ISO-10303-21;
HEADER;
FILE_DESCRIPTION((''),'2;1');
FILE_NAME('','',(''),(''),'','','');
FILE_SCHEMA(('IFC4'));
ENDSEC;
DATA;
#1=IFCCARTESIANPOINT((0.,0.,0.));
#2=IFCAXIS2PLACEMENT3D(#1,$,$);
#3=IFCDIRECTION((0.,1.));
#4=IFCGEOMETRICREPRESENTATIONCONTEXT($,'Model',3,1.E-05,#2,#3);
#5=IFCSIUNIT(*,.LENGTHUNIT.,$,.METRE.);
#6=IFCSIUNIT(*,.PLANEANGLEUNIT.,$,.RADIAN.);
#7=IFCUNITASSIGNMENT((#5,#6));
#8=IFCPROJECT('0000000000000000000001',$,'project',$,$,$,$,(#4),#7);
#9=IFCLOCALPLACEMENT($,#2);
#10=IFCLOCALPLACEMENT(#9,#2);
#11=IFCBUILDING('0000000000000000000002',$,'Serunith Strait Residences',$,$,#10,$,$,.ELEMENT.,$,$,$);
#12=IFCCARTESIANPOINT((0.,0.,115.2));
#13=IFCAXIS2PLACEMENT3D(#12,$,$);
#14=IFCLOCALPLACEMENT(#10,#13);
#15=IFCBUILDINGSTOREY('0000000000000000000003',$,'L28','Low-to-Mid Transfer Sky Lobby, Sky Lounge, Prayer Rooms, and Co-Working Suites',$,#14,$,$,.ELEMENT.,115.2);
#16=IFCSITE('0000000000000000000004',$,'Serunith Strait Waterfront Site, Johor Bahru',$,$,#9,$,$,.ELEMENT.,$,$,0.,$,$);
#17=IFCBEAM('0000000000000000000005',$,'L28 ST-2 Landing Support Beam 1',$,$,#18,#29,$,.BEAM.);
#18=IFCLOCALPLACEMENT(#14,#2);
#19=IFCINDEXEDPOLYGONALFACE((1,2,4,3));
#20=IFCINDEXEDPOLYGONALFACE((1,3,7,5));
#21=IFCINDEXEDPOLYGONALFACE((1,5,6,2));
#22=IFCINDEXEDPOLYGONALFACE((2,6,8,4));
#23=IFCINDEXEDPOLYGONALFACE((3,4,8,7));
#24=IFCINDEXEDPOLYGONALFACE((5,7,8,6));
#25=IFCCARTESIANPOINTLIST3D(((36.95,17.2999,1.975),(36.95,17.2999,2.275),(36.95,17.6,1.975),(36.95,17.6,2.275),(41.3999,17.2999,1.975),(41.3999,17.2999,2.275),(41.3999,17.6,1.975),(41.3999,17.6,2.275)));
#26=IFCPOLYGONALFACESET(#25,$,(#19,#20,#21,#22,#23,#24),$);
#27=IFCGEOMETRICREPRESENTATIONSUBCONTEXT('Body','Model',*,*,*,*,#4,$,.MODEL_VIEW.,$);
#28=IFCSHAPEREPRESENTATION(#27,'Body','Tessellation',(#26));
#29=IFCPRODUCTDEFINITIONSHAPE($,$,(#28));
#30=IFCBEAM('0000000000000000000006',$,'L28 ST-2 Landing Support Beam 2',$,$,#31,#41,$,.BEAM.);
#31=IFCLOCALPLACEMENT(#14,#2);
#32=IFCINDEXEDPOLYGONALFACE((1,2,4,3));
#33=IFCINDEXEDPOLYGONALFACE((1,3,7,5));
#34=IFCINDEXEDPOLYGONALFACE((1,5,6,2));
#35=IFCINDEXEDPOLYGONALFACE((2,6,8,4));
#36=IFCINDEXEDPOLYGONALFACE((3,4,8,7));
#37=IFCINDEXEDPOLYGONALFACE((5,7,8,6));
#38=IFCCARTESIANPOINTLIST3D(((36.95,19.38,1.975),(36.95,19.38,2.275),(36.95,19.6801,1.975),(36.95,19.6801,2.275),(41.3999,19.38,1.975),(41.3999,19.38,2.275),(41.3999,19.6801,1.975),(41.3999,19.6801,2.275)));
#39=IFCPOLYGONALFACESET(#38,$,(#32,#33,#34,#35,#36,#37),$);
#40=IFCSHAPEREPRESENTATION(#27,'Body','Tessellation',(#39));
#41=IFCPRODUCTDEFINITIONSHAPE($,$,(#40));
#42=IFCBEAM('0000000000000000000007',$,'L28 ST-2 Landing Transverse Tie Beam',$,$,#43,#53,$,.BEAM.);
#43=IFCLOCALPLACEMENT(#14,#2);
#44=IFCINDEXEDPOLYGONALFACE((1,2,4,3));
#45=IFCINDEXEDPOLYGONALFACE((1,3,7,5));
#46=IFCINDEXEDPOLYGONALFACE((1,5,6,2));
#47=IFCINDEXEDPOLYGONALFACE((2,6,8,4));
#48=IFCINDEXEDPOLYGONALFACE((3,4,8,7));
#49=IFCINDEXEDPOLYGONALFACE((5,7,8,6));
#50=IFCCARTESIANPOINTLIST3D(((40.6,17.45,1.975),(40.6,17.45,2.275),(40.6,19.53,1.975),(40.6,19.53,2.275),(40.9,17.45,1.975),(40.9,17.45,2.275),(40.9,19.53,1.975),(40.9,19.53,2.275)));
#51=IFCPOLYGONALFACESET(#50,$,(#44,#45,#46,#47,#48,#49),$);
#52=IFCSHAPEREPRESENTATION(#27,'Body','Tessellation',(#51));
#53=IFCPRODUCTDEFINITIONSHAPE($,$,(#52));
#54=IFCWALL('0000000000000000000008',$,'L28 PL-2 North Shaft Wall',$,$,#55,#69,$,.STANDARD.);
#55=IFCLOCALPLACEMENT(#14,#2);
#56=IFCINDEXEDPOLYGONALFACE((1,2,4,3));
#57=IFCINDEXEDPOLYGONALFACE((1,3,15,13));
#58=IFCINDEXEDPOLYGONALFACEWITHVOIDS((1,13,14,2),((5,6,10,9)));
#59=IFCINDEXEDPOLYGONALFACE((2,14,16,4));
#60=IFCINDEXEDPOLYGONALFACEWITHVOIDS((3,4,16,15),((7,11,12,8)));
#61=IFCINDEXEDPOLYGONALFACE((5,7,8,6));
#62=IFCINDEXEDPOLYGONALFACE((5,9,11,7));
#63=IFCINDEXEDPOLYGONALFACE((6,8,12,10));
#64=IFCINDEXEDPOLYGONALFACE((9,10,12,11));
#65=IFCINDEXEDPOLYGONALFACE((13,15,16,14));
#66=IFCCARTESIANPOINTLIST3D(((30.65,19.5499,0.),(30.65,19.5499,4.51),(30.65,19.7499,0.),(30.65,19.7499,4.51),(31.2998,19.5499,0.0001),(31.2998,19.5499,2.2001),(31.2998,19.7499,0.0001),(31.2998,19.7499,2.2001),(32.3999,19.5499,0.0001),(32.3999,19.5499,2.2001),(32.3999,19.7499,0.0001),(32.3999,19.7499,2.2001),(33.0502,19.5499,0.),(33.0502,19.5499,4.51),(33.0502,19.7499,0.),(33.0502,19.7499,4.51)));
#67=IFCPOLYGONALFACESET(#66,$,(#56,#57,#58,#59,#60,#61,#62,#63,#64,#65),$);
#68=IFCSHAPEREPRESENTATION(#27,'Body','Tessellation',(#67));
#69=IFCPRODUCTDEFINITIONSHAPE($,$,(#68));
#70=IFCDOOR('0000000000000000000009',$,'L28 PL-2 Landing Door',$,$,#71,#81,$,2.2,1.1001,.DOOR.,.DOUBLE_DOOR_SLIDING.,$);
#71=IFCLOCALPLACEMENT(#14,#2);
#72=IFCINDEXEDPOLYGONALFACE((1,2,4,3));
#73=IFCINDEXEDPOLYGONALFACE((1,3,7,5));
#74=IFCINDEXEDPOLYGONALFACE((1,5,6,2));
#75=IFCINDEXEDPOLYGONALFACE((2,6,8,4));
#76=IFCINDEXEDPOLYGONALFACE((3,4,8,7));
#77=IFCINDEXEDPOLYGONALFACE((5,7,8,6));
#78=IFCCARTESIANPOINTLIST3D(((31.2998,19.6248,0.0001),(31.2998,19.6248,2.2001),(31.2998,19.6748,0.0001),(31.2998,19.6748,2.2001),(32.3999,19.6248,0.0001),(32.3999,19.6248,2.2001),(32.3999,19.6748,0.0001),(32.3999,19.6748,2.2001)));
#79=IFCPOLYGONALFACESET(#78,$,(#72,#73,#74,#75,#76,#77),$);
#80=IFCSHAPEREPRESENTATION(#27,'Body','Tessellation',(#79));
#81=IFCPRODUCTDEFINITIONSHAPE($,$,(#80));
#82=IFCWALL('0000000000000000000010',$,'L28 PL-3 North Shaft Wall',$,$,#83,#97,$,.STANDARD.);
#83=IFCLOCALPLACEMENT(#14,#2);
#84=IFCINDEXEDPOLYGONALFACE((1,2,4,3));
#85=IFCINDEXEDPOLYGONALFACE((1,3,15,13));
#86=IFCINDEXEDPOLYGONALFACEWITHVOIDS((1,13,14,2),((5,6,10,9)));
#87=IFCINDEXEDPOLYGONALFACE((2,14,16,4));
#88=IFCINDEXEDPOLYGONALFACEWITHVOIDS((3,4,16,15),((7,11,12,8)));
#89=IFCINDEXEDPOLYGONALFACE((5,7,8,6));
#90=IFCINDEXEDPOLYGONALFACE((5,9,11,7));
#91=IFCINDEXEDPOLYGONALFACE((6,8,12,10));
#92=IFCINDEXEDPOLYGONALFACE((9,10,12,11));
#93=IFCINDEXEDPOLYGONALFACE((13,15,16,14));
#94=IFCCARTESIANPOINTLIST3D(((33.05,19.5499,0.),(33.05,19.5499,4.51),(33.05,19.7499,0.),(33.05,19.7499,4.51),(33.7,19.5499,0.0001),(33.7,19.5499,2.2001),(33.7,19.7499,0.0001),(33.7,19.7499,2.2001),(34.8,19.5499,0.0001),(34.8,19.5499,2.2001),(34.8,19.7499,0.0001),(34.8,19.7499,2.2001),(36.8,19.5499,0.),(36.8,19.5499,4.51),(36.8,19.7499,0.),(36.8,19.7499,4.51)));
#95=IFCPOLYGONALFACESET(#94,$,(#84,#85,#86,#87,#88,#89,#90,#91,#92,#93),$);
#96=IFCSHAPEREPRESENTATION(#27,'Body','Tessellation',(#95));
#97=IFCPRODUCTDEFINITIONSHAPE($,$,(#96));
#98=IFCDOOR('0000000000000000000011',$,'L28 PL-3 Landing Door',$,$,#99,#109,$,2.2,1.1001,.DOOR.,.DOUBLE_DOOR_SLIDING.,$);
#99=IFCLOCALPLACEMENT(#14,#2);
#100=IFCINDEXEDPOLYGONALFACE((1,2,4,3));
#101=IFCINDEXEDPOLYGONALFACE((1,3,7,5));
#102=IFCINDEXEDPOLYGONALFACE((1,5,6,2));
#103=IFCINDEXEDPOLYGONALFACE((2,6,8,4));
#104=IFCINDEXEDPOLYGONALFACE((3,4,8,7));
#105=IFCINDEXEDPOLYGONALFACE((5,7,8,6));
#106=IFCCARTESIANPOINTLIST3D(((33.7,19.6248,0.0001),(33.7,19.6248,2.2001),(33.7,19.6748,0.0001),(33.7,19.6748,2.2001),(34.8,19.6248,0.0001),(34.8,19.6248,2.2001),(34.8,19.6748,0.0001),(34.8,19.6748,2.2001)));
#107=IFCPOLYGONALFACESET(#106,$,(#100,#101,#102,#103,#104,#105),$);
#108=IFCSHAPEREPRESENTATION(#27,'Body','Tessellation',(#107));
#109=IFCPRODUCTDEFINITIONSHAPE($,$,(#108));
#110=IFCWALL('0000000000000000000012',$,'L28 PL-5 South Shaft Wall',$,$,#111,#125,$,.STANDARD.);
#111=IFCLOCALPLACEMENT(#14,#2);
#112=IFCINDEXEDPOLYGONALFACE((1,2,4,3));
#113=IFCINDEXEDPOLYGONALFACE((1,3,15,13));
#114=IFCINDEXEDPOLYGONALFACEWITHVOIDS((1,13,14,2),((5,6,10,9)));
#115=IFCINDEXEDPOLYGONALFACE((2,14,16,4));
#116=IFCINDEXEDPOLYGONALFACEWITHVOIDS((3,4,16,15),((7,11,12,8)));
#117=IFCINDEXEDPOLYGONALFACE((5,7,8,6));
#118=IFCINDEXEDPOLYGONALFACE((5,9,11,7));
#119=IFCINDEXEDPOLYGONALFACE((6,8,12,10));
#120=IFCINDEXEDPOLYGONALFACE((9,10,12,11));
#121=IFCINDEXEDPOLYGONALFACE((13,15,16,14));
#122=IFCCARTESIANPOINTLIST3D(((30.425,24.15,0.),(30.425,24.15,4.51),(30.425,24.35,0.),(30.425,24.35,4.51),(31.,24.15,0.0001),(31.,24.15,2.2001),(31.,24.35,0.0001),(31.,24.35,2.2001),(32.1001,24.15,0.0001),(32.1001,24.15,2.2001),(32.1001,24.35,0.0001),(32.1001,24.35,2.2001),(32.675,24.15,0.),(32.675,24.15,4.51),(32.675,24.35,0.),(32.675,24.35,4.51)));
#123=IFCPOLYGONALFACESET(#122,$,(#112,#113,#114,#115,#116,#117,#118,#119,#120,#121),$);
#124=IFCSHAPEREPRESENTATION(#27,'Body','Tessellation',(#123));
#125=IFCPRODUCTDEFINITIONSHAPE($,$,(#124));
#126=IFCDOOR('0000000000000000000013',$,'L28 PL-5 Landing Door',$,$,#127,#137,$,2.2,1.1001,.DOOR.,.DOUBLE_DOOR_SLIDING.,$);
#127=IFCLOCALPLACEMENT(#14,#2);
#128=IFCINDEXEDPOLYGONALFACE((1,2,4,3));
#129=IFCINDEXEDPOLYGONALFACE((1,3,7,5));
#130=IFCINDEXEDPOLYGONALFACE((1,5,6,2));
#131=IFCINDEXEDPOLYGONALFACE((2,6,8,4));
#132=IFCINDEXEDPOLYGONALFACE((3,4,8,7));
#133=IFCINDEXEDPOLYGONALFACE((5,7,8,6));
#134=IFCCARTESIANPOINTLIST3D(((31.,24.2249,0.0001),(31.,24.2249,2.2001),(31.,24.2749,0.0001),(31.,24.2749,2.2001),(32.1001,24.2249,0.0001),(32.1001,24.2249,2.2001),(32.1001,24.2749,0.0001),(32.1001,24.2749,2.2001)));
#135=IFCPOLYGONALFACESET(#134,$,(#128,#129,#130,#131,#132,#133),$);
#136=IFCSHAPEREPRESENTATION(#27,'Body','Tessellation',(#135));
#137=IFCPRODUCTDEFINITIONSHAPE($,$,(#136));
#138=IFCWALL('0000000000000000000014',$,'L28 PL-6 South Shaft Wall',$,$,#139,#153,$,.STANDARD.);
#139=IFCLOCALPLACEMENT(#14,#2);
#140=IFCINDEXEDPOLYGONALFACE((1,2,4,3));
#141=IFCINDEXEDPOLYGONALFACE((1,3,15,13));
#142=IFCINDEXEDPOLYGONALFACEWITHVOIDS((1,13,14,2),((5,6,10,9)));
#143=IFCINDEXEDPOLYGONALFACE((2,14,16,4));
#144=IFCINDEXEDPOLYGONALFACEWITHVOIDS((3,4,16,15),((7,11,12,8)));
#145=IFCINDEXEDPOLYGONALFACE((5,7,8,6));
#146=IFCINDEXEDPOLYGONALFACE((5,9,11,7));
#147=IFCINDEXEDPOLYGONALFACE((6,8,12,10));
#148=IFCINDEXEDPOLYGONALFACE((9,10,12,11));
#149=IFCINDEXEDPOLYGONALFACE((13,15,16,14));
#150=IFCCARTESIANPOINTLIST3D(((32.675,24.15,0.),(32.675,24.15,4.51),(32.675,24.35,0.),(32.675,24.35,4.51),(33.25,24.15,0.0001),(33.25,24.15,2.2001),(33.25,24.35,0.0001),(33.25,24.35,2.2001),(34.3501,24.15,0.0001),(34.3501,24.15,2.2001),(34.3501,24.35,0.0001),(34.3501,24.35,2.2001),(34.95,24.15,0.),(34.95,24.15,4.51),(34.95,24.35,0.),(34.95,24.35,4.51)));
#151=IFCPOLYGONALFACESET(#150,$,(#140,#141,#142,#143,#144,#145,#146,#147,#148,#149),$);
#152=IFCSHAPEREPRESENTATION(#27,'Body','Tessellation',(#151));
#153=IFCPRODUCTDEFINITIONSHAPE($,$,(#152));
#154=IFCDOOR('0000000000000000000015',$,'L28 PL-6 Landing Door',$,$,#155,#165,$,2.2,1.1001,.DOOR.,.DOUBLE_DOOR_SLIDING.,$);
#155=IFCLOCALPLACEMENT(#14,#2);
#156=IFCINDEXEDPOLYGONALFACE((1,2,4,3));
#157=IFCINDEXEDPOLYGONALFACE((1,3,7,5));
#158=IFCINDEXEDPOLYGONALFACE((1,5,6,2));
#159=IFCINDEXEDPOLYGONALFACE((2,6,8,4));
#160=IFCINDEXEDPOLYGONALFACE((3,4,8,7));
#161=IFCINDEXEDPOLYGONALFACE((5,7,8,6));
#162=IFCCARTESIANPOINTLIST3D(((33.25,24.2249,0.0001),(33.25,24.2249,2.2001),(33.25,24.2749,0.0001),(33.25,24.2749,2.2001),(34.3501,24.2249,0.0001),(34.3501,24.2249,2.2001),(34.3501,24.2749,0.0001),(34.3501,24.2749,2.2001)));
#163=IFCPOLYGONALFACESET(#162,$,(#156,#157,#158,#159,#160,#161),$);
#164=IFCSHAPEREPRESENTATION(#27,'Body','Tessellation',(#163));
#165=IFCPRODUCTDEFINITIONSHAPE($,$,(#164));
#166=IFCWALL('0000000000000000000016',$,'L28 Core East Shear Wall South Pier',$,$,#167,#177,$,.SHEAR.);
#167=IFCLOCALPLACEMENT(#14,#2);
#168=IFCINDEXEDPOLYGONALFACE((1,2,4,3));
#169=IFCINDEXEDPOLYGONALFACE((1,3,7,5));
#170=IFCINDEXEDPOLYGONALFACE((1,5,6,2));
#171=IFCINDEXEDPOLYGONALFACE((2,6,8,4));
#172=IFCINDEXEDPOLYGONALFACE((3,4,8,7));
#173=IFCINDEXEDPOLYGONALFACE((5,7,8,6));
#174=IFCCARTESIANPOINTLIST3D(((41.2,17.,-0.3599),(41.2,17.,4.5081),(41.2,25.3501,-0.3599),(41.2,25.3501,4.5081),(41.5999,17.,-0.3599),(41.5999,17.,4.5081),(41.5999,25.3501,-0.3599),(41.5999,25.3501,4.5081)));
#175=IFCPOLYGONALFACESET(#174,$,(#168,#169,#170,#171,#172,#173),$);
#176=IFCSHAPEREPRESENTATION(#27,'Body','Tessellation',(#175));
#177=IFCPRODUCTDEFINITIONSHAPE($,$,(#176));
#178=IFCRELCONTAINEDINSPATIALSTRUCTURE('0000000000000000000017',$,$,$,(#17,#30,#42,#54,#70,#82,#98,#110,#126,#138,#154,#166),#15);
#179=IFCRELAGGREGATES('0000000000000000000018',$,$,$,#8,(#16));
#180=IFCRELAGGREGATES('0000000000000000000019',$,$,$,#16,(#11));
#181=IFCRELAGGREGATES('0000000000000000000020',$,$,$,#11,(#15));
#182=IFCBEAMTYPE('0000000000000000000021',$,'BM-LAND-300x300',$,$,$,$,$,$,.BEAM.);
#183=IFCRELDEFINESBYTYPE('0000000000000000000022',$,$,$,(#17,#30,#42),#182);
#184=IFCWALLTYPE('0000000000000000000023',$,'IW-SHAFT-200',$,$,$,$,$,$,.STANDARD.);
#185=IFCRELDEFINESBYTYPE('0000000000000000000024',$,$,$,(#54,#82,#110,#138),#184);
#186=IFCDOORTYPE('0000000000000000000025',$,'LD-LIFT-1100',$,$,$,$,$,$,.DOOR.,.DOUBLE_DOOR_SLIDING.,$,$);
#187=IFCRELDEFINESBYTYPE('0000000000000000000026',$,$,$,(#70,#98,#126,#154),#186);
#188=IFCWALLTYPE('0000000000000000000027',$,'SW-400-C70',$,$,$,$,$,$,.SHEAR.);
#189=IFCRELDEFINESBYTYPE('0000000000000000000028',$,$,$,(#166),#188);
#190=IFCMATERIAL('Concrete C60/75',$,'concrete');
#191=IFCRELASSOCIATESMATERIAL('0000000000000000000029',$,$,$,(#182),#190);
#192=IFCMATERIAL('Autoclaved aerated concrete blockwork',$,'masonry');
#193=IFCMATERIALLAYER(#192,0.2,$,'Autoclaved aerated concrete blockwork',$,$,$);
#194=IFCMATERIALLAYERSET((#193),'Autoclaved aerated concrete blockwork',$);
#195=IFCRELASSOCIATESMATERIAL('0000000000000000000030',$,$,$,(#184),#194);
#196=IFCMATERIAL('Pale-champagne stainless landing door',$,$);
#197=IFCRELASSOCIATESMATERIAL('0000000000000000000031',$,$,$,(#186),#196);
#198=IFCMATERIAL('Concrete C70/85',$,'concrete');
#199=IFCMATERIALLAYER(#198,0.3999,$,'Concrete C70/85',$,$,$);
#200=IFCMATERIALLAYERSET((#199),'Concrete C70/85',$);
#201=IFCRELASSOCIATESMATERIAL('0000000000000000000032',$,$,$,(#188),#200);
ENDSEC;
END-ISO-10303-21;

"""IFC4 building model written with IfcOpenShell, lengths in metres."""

from ifc_helpers import new_model, si_unit, direction, frame, frame_2d, origin, origin_2d, place, context, subcontext, project, spatial, rectangle, extrude, source, transform, mapped, material, layer, layer_set, material_profile, profile_set, type_object, element, fill, save


model = new_model("IFC4")

# Units and contexts
model_context = context("Model", 3, precision=1e-05, world=origin(), true_north=direction((0.0, 1.0)))
body_context = subcontext(model_context, "Body", "Model", "MODEL_VIEW")
ifc_project = project(units=[si_unit("LENGTHUNIT", "METRE"), si_unit("PLANEANGLEUNIT", "RADIAN")], contexts=[model_context])

# Site, building, storey
site_placement = place(None, origin())
site = spatial("IfcSite", under=ifc_project, at=site_placement, Name="Serunith Strait Waterfront Site, Johor Bahru", CompositionType="ELEMENT", RefElevation=0.0)
building_placement = place(site_placement, origin())
building = spatial("IfcBuilding", under=site, at=building_placement, Name="Serunith Strait Residences", CompositionType="ELEMENT")
storey_placement = place(building_placement, frame((0.0, 0.0, 115.2)))
storey = spatial("IfcBuildingStorey", under=building, at=storey_placement, Name="L28", Description="Low-to-Mid Transfer Sky Lobby, Sky Lounge, Prayer Rooms, and Co-Working Suites", CompositionType="ELEMENT", Elevation=115.2)

# Beams
ifc_material_1 = material(Name="Concrete C60/75", Category="concrete")
ifc_material_profile = material_profile(ifc_material_1, rectangle(XDim=0.3, YDim=0.3, at=origin_2d()), Name="RC 300x300")
ifc_profile_set = profile_set([ifc_material_profile], Name="Concrete C60/75")
beam_type = type_object("IfcBeamType", Name="BM-LAND-300x300", PredefinedType="BEAM", material=ifc_profile_set)
shared_shape_1 = source(origin(), body_context, "Body", "SweptSolid", [
    extrude(rectangle(XDim=0.3, YDim=0.3, at=origin_2d()), origin(), (0.0, 0.0, 1.0), 4.45),
])
for number, where, z_axis, x_axis, name in (
    (1, (36.95, 17.45, 2.125), (1.0, 0.0, 0.0), (0.0, 1.0, 0.0), "L28 ST-2 Landing Support Beam 1"),
    (2, (36.95, 19.53, 2.125), (1.0, 0.0, 0.0), (0.0, 1.0, 0.0), "L28 ST-2 Landing Support Beam 2"),
):
    element("IfcBeam", number, at=place(storey_placement, frame(where, z_axis=z_axis, x_axis=x_axis)), inside=storey, type_object=beam_type, Name=name, PredefinedType="BEAM", context=body_context, shape_type="MappedRepresentation", body=[
        mapped(shared_shape_1, transform((0.0, 0.0, 0.0), scale=1.0)),
    ])
shared_shape_2 = source(origin(), body_context, "Body", "SweptSolid", [
    extrude(rectangle(XDim=0.3, YDim=0.3, at=origin_2d()), origin(), (0.0, 0.0, 1.0), 2.0801),
])
beam_placement = place(storey_placement, frame((40.75, 17.45, 2.125), z_axis=(0.0, 1.0, 0.0), x_axis=(-1.0, 0.0, 0.0)))
element("IfcBeam", 3, at=beam_placement, inside=storey, type_object=beam_type, Name="L28 ST-2 Landing Transverse Tie Beam", PredefinedType="BEAM", context=body_context, shape_type="MappedRepresentation", body=[
    mapped(shared_shape_2, transform((0.0, 0.0, 0.0), scale=1.0)),
])

# Walls, openings, doors
ifc_material_2 = material(Name="Autoclaved aerated concrete blockwork", Category="masonry")
ifc_layer_1 = layer(ifc_material_2, 0.2, Name="Autoclaved aerated concrete blockwork")
ifc_layer_set_1 = layer_set([ifc_layer_1], Name="Autoclaved aerated concrete blockwork")
wall_type_1 = type_object("IfcWallType", Name="IW-SHAFT-200", PredefinedType="STANDARD", material=ifc_layer_set_1)
wall_1_placement = place(storey_placement, frame((30.6499, 19.6499, 0.0), z_axis=(0.0, 0.0, 1.0), x_axis=(1.0, 0.0, 0.0)))
wall_1 = element("IfcWall", 4, at=wall_1_placement, inside=storey, type_object=wall_type_1, Name="L28 PL-2 North Shaft Wall", PredefinedType="STANDARD", context=body_context, shape_type="SweptSolid", body=[
    extrude(rectangle(XDim=2.4001, YDim=0.2, at=frame_2d((1.2002, 0.0))), origin(), (0.0, 0.0, 1.0), 4.51),
])
opening_1_placement = place(wall_1_placement, frame((0.6499, 0.0, 0.0)))
opening_1 = element("IfcOpeningElement", 5, at=opening_1_placement, cuts=wall_1, PredefinedType="OPENING", context=body_context, shape_type="SweptSolid", body=[
    extrude(rectangle(XDim=1.1001, YDim=2.2, at=frame_2d((0.55, 1.1001))), frame((0.0, 0.1099, 0.0), z_axis=(0.0, -1.0, 0.0), x_axis=(1.0, 0.0, 0.0)), (0.0, 0.0, 1.0), 0.22),
])
ifc_material_3 = material(Name="Pale-champagne stainless landing door")
door_type = type_object("IfcDoorType", Name="LD-LIFT-1100", OperationType="DOUBLE_DOOR_SLIDING", PredefinedType="DOOR", material=ifc_material_3)
shared_shape_3 = source(origin(), body_context, "Body", "SweptSolid", [
    extrude(rectangle(XDim=1.1001, YDim=2.2, at=frame_2d((0.55, 1.1001))), frame((0.0, 0.0249, 0.0), z_axis=(0.0, -1.0, 0.0), x_axis=(1.0, 0.0, 0.0)), (0.0, 0.0, 1.0), 0.05),
])
door_1_placement = place(opening_1_placement, origin())
door_1 = element("IfcDoor", 6, at=door_1_placement, inside=storey, type_object=door_type, Name="L28 PL-2 Landing Door", OperationType="DOUBLE_DOOR_SLIDING", OverallHeight=2.2, OverallWidth=1.1001, PredefinedType="DOOR", context=body_context, shape_type="MappedRepresentation", body=[
    mapped(shared_shape_3, transform((0.0, 0.0, 0.0), scale=1.0)),
])
fill(opening_1, door_1)
wall_2_placement = place(storey_placement, frame((33.05, 19.6499, 0.0), z_axis=(0.0, 0.0, 1.0), x_axis=(1.0, 0.0, 0.0)))
wall_2 = element("IfcWall", 7, at=wall_2_placement, inside=storey, type_object=wall_type_1, Name="L28 PL-3 North Shaft Wall", PredefinedType="STANDARD", context=body_context, shape_type="SweptSolid", body=[
    extrude(rectangle(XDim=3.75, YDim=0.2, at=frame_2d((1.875, 0.0))), origin(), (0.0, 0.0, 1.0), 4.51),
])
opening_2_placement = place(wall_2_placement, frame((0.6499, 0.0, 0.0)))
opening_2 = element("IfcOpeningElement", 8, at=opening_2_placement, cuts=wall_2, PredefinedType="OPENING", context=body_context, shape_type="SweptSolid", body=[
    extrude(rectangle(XDim=1.1001, YDim=2.2, at=frame_2d((0.55, 1.1001))), frame((0.0, 0.1099, 0.0), z_axis=(0.0, -1.0, 0.0), x_axis=(1.0, 0.0, 0.0)), (0.0, 0.0, 1.0), 0.22),
])
door_2_placement = place(opening_2_placement, origin())
door_2 = element("IfcDoor", 9, at=door_2_placement, inside=storey, type_object=door_type, Name="L28 PL-3 Landing Door", OperationType="DOUBLE_DOOR_SLIDING", OverallHeight=2.2, OverallWidth=1.1001, PredefinedType="DOOR", context=body_context, shape_type="MappedRepresentation", body=[
    mapped(shared_shape_3, transform((0.0, 0.0, 0.0), scale=1.0)),
])
fill(opening_2, door_2)
wall_3_placement = place(storey_placement, frame((30.425, 24.25, 0.0), z_axis=(0.0, 0.0, 1.0), x_axis=(1.0, 0.0, 0.0)))
wall_3 = element("IfcWall", 10, at=wall_3_placement, inside=storey, type_object=wall_type_1, Name="L28 PL-5 South Shaft Wall", PredefinedType="STANDARD", context=body_context, shape_type="SweptSolid", body=[
    extrude(rectangle(XDim=2.25, YDim=0.2, at=frame_2d((1.125, 0.0))), origin(), (0.0, 0.0, 1.0), 4.51),
])
opening_3_placement = place(wall_3_placement, frame((0.575, 0.0, 0.0)))
opening_3 = element("IfcOpeningElement", 11, at=opening_3_placement, cuts=wall_3, PredefinedType="OPENING", context=body_context, shape_type="SweptSolid", body=[
    extrude(rectangle(XDim=1.1001, YDim=2.2, at=frame_2d((0.55, 1.1001))), frame((0.0, 0.1099, 0.0), z_axis=(0.0, -1.0, 0.0), x_axis=(1.0, 0.0, 0.0)), (0.0, 0.0, 1.0), 0.22),
])
door_3_placement = place(opening_3_placement, origin())
door_3 = element("IfcDoor", 12, at=door_3_placement, inside=storey, type_object=door_type, Name="L28 PL-5 Landing Door", OperationType="DOUBLE_DOOR_SLIDING", OverallHeight=2.2, OverallWidth=1.1001, PredefinedType="DOOR", context=body_context, shape_type="MappedRepresentation", body=[
    mapped(shared_shape_3, transform((0.0, 0.0, 0.0), scale=1.0)),
])
fill(opening_3, door_3)
wall_4_placement = place(storey_placement, frame((32.675, 24.25, 0.0), z_axis=(0.0, 0.0, 1.0), x_axis=(1.0, 0.0, 0.0)))
wall_4 = element("IfcWall", 13, at=wall_4_placement, inside=storey, type_object=wall_type_1, Name="L28 PL-6 South Shaft Wall", PredefinedType="STANDARD", context=body_context, shape_type="SweptSolid", body=[
    extrude(rectangle(XDim=2.2749, YDim=0.2, at=frame_2d((1.1375, 0.0))), origin(), (0.0, 0.0, 1.0), 4.51),
])
opening_4_placement = place(wall_4_placement, frame((0.575, 0.0, 0.0)))
opening_4 = element("IfcOpeningElement", 14, at=opening_4_placement, cuts=wall_4, PredefinedType="OPENING", context=body_context, shape_type="SweptSolid", body=[
    extrude(rectangle(XDim=1.1001, YDim=2.2, at=frame_2d((0.55, 1.1001))), frame((0.0, 0.1099, 0.0), z_axis=(0.0, -1.0, 0.0), x_axis=(1.0, 0.0, 0.0)), (0.0, 0.0, 1.0), 0.22),
])
door_4_placement = place(opening_4_placement, origin())
door_4 = element("IfcDoor", 15, at=door_4_placement, inside=storey, type_object=door_type, Name="L28 PL-6 Landing Door", OperationType="DOUBLE_DOOR_SLIDING", OverallHeight=2.2, OverallWidth=1.1001, PredefinedType="DOOR", context=body_context, shape_type="MappedRepresentation", body=[
    mapped(shared_shape_3, transform((0.0, 0.0, 0.0), scale=1.0)),
])
fill(opening_4, door_4)

# Wall
ifc_material_4 = material(Name="Concrete C70/85", Category="concrete")
ifc_layer_2 = layer(ifc_material_4, 0.3999, Name="Concrete C70/85")
ifc_layer_set_2 = layer_set([ifc_layer_2], Name="Concrete C70/85")
wall_type_2 = type_object("IfcWallType", Name="SW-400-C70", PredefinedType="SHEAR", material=ifc_layer_set_2)
wall_5_placement = place(storey_placement, frame((41.3999, 17.0, -0.3599), z_axis=(0.0, 0.0, 1.0), x_axis=(0.0, 1.0, 0.0)))
element("IfcWall", 16, at=wall_5_placement, inside=storey, type_object=wall_type_2, Name="L28 Core East Shear Wall South Pier", PredefinedType="SHEAR", context=body_context, shape_type="SweptSolid", body=[
    extrude(rectangle(XDim=8.3501, YDim=0.3999, at=frame_2d((4.175, 0.0))), origin(), (0.0, 0.0, 1.0), 4.8679),
])

save(model, "model.ifc")
